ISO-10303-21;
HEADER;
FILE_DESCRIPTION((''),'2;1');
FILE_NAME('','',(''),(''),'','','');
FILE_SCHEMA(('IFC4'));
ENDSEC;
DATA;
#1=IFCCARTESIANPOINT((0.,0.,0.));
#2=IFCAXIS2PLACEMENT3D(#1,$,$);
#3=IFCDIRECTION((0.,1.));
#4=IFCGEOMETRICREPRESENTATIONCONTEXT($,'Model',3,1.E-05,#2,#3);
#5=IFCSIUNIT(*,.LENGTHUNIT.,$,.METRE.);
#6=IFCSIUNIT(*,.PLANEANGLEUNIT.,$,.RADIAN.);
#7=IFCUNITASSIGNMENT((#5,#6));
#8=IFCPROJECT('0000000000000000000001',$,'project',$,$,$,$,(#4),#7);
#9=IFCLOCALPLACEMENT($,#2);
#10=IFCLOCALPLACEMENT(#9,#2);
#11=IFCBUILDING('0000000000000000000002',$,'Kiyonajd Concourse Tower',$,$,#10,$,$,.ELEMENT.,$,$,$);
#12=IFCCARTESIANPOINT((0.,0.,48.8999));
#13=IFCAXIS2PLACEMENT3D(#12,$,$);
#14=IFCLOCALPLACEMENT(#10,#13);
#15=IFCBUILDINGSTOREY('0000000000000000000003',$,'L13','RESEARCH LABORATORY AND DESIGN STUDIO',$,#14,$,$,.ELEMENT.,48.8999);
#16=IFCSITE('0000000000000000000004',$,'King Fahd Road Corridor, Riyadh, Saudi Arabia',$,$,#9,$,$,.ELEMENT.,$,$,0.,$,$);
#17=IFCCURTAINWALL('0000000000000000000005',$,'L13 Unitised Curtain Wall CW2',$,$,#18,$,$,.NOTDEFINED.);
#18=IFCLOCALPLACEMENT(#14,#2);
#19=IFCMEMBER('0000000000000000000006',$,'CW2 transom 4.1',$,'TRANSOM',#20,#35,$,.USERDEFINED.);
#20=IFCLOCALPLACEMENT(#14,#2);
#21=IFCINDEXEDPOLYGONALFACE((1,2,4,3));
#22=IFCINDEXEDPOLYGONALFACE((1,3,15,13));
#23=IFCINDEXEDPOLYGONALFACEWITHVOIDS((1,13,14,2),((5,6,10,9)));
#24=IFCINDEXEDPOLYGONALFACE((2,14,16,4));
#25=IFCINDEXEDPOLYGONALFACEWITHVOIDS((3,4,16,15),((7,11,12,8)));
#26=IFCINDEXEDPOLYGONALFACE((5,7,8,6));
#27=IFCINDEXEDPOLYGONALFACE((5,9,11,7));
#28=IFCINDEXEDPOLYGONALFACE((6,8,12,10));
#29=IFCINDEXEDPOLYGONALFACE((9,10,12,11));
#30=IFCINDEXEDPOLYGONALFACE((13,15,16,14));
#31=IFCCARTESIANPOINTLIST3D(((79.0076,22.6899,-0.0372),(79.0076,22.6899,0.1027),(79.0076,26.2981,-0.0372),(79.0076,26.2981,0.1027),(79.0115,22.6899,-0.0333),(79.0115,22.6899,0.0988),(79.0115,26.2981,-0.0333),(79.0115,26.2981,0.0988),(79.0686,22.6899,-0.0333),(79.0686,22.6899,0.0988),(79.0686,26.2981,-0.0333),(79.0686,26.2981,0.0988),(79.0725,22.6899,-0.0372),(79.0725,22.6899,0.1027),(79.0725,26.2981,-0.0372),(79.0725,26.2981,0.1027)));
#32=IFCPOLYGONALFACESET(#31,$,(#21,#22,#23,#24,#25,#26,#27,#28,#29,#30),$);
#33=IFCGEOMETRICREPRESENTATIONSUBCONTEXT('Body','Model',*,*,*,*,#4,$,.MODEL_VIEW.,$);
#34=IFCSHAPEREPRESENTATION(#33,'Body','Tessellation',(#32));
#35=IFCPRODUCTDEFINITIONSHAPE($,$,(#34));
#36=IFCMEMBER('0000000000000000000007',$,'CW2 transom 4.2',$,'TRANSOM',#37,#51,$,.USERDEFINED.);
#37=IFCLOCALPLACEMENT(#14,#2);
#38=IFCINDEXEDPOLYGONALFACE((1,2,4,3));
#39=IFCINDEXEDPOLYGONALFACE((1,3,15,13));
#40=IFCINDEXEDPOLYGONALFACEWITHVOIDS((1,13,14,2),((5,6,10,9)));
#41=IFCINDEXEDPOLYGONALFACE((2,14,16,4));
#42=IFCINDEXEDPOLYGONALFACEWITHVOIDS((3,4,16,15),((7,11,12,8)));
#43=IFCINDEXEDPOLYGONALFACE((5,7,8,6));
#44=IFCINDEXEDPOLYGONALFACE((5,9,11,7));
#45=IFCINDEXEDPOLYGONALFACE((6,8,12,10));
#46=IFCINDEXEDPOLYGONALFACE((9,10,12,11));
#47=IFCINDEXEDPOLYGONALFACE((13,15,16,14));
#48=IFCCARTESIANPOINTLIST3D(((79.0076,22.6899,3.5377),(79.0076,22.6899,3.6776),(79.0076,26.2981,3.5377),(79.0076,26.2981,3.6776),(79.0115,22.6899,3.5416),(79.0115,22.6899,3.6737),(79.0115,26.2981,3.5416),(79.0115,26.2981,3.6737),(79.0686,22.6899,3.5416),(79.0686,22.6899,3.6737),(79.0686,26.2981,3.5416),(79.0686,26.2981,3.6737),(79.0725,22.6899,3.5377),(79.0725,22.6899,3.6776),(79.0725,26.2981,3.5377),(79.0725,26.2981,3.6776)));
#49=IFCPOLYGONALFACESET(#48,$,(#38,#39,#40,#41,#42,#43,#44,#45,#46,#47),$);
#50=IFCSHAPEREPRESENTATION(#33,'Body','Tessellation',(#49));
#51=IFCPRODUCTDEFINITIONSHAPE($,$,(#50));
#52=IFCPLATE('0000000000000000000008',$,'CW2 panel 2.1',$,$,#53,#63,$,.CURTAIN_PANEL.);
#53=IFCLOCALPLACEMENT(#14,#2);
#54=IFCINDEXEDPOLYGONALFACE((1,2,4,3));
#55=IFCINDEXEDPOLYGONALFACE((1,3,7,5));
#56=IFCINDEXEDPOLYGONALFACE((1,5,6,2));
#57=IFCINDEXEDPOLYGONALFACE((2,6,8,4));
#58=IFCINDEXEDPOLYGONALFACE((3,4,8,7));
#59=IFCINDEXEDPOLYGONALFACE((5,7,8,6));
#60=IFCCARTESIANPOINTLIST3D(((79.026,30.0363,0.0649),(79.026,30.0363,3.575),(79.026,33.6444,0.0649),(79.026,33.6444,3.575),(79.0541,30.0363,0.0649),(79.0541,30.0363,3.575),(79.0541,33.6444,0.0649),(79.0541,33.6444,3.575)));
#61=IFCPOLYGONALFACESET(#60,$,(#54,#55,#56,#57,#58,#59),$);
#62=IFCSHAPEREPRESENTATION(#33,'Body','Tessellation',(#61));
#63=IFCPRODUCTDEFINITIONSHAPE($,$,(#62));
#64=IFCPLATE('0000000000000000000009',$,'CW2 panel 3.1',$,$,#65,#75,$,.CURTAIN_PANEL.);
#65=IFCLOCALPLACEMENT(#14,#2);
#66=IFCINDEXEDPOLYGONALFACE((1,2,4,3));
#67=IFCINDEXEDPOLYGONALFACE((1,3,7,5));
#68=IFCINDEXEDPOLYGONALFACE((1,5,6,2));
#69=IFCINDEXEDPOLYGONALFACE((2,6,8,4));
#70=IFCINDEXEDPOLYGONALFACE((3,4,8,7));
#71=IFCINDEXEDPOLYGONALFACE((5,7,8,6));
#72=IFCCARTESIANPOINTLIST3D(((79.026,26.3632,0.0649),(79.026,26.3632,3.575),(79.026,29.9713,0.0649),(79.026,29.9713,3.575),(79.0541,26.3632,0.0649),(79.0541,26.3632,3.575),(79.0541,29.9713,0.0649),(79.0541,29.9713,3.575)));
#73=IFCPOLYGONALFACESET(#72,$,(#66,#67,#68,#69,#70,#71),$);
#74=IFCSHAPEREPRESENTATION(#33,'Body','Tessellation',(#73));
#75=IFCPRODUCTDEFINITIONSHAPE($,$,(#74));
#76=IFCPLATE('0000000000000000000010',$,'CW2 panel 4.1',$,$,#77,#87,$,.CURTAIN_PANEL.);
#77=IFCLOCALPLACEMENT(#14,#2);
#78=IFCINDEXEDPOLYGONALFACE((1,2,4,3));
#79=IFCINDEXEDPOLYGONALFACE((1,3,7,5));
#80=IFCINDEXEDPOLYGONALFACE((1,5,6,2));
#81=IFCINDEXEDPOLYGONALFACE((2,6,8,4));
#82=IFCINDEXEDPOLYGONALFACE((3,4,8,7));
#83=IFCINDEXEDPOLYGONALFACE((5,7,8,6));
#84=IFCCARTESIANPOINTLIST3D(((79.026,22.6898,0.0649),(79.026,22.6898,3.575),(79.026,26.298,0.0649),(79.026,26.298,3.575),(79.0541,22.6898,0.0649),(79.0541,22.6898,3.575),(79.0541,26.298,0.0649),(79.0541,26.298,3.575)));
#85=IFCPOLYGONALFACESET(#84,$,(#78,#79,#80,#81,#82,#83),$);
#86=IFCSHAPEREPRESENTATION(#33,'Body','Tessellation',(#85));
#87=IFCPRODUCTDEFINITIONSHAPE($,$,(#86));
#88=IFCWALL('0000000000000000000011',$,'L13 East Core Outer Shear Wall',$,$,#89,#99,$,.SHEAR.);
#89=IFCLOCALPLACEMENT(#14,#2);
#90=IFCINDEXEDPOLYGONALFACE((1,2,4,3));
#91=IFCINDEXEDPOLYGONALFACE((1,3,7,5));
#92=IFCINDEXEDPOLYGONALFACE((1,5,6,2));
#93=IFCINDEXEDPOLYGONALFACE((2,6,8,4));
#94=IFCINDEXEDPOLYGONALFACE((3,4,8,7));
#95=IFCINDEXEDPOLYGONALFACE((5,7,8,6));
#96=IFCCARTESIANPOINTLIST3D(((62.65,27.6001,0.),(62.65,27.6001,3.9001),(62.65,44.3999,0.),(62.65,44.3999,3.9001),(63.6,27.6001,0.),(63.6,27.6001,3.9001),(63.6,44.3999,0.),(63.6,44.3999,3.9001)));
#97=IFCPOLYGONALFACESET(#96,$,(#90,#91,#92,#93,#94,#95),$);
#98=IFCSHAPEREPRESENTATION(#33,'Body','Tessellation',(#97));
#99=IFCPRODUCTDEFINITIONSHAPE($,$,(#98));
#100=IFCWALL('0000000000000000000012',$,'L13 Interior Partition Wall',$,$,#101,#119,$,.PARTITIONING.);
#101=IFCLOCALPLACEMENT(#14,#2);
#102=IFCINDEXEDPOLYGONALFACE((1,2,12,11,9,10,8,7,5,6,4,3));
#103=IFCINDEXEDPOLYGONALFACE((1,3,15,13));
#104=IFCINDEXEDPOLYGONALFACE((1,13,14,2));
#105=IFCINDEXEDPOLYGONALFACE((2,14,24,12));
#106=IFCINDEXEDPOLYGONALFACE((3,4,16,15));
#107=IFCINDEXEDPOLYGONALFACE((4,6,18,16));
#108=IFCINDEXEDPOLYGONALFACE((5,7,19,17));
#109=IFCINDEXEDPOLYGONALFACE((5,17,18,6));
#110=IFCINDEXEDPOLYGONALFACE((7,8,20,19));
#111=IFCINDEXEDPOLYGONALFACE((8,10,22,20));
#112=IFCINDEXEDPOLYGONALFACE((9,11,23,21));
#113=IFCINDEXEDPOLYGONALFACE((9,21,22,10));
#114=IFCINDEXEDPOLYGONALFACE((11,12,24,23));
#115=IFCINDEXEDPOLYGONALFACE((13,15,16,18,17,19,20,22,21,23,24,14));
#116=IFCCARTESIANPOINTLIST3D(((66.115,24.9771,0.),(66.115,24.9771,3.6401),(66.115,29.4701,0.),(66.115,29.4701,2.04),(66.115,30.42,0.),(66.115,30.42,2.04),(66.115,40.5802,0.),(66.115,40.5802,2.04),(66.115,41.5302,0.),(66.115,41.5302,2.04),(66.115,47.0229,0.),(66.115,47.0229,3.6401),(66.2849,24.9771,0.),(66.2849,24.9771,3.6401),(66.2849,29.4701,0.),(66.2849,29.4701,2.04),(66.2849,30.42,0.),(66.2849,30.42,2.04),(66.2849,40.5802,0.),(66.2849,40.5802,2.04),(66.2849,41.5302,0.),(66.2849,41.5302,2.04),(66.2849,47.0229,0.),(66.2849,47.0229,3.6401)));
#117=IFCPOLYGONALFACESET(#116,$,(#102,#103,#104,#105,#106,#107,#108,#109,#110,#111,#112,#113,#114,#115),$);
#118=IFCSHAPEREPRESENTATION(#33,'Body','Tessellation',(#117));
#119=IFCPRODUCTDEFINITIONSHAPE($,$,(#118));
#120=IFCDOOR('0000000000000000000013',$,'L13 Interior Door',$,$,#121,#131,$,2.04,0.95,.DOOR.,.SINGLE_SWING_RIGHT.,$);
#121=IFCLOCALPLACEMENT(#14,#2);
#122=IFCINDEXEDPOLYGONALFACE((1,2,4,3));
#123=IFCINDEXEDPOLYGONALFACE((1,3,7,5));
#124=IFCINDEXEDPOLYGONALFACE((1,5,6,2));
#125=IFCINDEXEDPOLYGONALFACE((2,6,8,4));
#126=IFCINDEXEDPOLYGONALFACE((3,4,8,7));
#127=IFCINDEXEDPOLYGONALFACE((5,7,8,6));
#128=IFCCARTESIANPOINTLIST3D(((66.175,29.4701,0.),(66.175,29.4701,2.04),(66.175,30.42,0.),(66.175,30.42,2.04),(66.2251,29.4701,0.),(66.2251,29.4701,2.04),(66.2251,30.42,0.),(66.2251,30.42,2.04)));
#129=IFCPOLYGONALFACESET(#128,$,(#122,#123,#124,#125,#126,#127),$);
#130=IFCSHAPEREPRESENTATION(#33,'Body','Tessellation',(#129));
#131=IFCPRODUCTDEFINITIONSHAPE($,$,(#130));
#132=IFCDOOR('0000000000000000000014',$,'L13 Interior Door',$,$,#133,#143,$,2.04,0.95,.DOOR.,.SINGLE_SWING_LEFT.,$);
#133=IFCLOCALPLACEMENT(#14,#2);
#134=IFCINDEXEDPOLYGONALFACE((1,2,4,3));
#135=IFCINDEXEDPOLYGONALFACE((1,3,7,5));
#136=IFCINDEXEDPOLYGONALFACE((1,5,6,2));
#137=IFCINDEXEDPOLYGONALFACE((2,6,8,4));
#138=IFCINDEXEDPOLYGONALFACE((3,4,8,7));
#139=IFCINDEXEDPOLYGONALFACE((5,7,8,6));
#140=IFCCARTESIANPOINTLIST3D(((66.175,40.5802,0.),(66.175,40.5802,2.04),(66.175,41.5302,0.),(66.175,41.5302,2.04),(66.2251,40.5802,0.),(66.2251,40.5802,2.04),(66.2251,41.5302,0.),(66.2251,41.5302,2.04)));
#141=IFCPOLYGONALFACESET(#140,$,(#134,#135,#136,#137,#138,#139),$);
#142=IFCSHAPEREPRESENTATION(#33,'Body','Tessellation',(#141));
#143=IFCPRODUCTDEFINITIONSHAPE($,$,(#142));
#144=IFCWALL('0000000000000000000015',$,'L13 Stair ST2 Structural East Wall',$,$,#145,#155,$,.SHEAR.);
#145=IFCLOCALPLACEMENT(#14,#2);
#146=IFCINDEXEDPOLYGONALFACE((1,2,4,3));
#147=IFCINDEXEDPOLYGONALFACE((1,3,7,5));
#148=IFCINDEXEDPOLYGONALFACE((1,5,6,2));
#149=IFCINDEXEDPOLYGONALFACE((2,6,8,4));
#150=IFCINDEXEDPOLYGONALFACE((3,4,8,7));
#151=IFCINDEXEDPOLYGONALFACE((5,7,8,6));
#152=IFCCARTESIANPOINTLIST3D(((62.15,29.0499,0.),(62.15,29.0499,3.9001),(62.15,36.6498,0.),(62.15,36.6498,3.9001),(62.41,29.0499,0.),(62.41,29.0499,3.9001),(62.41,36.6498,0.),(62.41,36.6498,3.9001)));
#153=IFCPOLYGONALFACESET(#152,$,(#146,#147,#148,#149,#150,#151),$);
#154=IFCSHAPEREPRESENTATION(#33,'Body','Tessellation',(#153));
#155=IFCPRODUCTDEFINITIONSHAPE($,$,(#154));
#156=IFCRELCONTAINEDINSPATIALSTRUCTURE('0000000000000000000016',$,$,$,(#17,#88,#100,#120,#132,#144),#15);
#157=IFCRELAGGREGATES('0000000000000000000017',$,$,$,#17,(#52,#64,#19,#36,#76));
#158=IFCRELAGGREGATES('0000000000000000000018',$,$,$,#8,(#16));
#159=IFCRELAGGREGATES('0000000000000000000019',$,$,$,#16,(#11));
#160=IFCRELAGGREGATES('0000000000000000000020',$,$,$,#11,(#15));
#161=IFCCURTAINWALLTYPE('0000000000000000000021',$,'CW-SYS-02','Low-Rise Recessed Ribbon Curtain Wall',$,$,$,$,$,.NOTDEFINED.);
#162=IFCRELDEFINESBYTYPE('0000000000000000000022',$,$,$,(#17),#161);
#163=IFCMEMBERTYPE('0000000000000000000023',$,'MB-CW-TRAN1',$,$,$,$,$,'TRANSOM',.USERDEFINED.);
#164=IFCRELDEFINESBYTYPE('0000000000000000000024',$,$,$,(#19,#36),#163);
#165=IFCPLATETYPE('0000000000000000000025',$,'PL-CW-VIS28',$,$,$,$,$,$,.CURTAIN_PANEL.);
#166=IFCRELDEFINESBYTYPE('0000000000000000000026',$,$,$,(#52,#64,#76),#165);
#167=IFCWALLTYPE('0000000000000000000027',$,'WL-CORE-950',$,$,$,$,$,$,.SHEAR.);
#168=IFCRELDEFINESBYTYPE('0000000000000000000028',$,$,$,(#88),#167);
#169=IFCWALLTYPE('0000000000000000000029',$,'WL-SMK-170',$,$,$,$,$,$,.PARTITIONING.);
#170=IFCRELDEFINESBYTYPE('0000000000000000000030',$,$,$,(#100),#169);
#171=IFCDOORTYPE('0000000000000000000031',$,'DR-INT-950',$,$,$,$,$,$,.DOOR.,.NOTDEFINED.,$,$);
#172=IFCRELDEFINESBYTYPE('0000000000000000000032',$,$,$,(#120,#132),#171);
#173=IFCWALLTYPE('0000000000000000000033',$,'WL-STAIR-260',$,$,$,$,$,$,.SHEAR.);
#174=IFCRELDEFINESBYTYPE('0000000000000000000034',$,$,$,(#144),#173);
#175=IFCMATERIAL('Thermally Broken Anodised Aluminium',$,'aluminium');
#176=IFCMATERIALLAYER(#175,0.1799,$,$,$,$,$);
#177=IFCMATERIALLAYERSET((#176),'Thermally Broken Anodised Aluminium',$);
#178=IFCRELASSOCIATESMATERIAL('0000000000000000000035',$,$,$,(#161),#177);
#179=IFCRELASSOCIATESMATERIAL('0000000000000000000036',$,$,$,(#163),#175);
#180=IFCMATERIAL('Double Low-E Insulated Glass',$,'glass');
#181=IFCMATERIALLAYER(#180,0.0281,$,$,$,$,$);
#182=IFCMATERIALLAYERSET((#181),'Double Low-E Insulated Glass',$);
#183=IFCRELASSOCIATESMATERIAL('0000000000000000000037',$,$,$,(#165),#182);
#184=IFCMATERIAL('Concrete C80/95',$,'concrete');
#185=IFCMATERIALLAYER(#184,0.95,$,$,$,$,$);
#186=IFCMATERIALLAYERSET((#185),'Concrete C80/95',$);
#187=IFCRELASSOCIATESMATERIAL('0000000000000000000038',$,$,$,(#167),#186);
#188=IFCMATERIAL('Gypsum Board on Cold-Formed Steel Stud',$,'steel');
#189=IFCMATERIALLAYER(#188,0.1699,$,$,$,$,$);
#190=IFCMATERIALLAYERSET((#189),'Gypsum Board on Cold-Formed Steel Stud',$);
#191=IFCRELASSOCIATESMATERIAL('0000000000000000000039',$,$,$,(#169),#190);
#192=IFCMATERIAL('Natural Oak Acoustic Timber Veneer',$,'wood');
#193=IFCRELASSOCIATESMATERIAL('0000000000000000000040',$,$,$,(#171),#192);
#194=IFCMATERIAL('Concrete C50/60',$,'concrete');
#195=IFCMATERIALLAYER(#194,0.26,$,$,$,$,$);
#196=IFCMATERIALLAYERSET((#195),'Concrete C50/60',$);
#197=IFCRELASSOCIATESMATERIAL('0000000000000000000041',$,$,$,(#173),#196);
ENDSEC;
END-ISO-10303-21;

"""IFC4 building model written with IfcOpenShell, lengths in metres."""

from ifc_helpers import new_model, si_unit, direction, frame, frame_2d, origin, origin_2d, place, context, subcontext, project, spatial, rectangle, hollow_rectangle, extrude, material, layer, layer_set, material_profile, profile_set, type_object, element, fill, aggregate, save


model = new_model("IFC4")

# Units and contexts
model_context = context("Model", 3, precision=1e-05, world=origin(), true_north=direction((0.0, 1.0)))
body_context = subcontext(model_context, "Body", "Model", "MODEL_VIEW")
ifc_project = project(units=[si_unit("LENGTHUNIT", "METRE"), si_unit("PLANEANGLEUNIT", "RADIAN")], contexts=[model_context])

# Site, building, storey
site_placement = place(None, origin())
site = spatial("IfcSite", under=ifc_project, at=site_placement, Name="King Fahd Road Corridor, Riyadh, Saudi Arabia", CompositionType="ELEMENT", RefElevation=0.0)
building_placement = place(site_placement, origin())
building = spatial("IfcBuilding", under=site, at=building_placement, Name="Kiyonajd Concourse Tower", CompositionType="ELEMENT")
storey_placement = place(building_placement, frame((0.0, 0.0, 48.8999)))
storey = spatial("IfcBuildingStorey", under=building, at=storey_placement, Name="L13", Description="RESEARCH LABORATORY AND DESIGN STUDIO", CompositionType="ELEMENT", Elevation=48.8999)

# Shared definitions
ifc_material_1 = material(Name="Concrete C80/95", Category="concrete")

# Curtain wall, members, plates
ifc_material_2 = material(Name="Thermally Broken Anodised Aluminium", Category="aluminium")
ifc_layer_1 = layer(ifc_material_2, 0.1799)
ifc_layer_set_1 = layer_set([ifc_layer_1], Name="Thermally Broken Anodised Aluminium")
curtain_wall_type = type_object("IfcCurtainWallType", Name="CW-SYS-02", Description="Low-Rise Recessed Ribbon Curtain Wall", PredefinedType="NOTDEFINED", material=ifc_layer_set_1)
curtain_wall_placement = place(storey_placement, origin())
curtain_wall = element("IfcCurtainWall", 1, at=curtain_wall_placement, inside=storey, type_object=curtain_wall_type, Name="L13 Unitised Curtain Wall CW2", PredefinedType="NOTDEFINED")
ifc_material_profile_1 = material_profile(ifc_material_2, hollow_rectangle(XDim=0.0649, YDim=0.1399, WallThickness=0.0039, at=origin_2d()), Name="TRAN-65x140")
ifc_profile_set_1 = profile_set([ifc_material_profile_1], Name="Thermally Broken Anodised Aluminium")
member_type_1 = type_object("IfcMemberType", Name="MB-CW-TRAN1", ElementType="TRANSOM", PredefinedType="USERDEFINED", material=ifc_profile_set_1)
member_1_placement = place(storey_placement, frame((79.04, 26.2981, 0.0327), z_axis=(0.0, -1.0, 0.0), x_axis=(1.0, 0.0, 0.0)))
member_1 = element("IfcMember", 2, at=member_1_placement, type_object=member_type_1, Name="CW2 transom 4.1", ObjectType="TRANSOM", PredefinedType="USERDEFINED", context=body_context, shape_type="SweptSolid", body=[
    extrude(hollow_rectangle(XDim=0.0649, YDim=0.1399, WallThickness=0.0039, at=origin_2d()), origin(), (0.0, 0.0, 1.0), 3.6082),
])
member_2_placement = place(storey_placement, frame((79.04, 26.2981, 3.6077), z_axis=(0.0, -1.0, 0.0), x_axis=(1.0, 0.0, 0.0)))
member_2 = element("IfcMember", 3, at=member_2_placement, type_object=member_type_1, Name="CW2 transom 4.2", ObjectType="TRANSOM", PredefinedType="USERDEFINED", context=body_context, shape_type="SweptSolid", body=[
    extrude(hollow_rectangle(XDim=0.0649, YDim=0.1399, WallThickness=0.0039, at=origin_2d()), origin(), (0.0, 0.0, 1.0), 3.6082),
])
ifc_material_3 = material(Name="Double Low-E Insulated Glass", Category="glass")
ifc_layer_2 = layer(ifc_material_3, 0.0281)
ifc_layer_set_2 = layer_set([ifc_layer_2], Name="Double Low-E Insulated Glass")
plate_type = type_object("IfcPlateType", Name="PL-CW-VIS28", PredefinedType="CURTAIN_PANEL", material=ifc_layer_set_2)
plate_1_placement = place(storey_placement, frame((79.04, 31.8403, 0.0649), z_axis=(0.0, 0.0, 1.0), x_axis=(0.0, -1.0, 0.0)))
plate_1 = element("IfcPlate", 4, at=plate_1_placement, type_object=plate_type, Name="CW2 panel 2.1", PredefinedType="CURTAIN_PANEL", context=body_context, shape_type="SweptSolid", body=[
    extrude(rectangle(XDim=3.6082, YDim=0.0281, at=origin_2d()), origin(), (0.0, 0.0, 1.0), 3.51),
])
plate_2_placement = place(storey_placement, frame((79.04, 28.1672, 0.0649), z_axis=(0.0, 0.0, 1.0), x_axis=(0.0, -1.0, 0.0)))
plate_2 = element("IfcPlate", 5, at=plate_2_placement, type_object=plate_type, Name="CW2 panel 3.1", PredefinedType="CURTAIN_PANEL", context=body_context, shape_type="SweptSolid", body=[
    extrude(rectangle(XDim=3.6082, YDim=0.0281, at=origin_2d()), origin(), (0.0, 0.0, 1.0), 3.51),
])
plate_3_placement = place(storey_placement, frame((79.04, 24.4939, 0.0649), z_axis=(0.0, 0.0, 1.0), x_axis=(0.0, -1.0, 0.0)))
plate_3 = element("IfcPlate", 6, at=plate_3_placement, type_object=plate_type, Name="CW2 panel 4.1", PredefinedType="CURTAIN_PANEL", context=body_context, shape_type="SweptSolid", body=[
    extrude(rectangle(XDim=3.6082, YDim=0.0281, at=origin_2d()), origin(), (0.0, 0.0, 1.0), 3.51),
])
aggregate(curtain_wall, [plate_1, plate_2, member_1, member_2, plate_3])

# Wall
ifc_layer_3 = layer(ifc_material_1, 0.95)
ifc_layer_set_3 = layer_set([ifc_layer_3], Name="Concrete C80/95")
wall_type_1 = type_object("IfcWallType", Name="WL-CORE-950", PredefinedType="SHEAR", material=ifc_layer_set_3)
wall_1_placement = place(storey_placement, frame((63.125, 27.6001, 0.0), z_axis=(0.0, 0.0, 1.0), x_axis=(0.0, 1.0, 0.0)))
element("IfcWall", 7, at=wall_1_placement, inside=storey, type_object=wall_type_1, Name="L13 East Core Outer Shear Wall", PredefinedType="SHEAR", context=body_context, shape_type="SweptSolid", body=[
    extrude(rectangle(XDim=16.7998, YDim=0.95, at=frame_2d((8.3999, 0.0))), origin(), (0.0, 0.0, 1.0), 3.9001),
])

# Wall, openings, doors
ifc_material_4 = material(Name="Gypsum Board on Cold-Formed Steel Stud", Category="steel")
ifc_layer_4 = layer(ifc_material_4, 0.1699)
ifc_layer_set_4 = layer_set([ifc_layer_4], Name="Gypsum Board on Cold-Formed Steel Stud")
wall_type_2 = type_object("IfcWallType", Name="WL-SMK-170", PredefinedType="PARTITIONING", material=ifc_layer_set_4)
wall_2_placement = place(storey_placement, frame((66.2, 24.9771, 0.0), z_axis=(0.0, 0.0, 1.0), x_axis=(0.0, 1.0, 0.0)))
wall_2 = element("IfcWall", 8, at=wall_2_placement, inside=storey, type_object=wall_type_2, Name="L13 Interior Partition Wall", PredefinedType="PARTITIONING", context=body_context, shape_type="SweptSolid", body=[
    extrude(rectangle(XDim=22.0459, YDim=0.1699, at=frame_2d((11.0229, 0.0))), origin(), (0.0, 0.0, 1.0), 3.6401),
])
opening_1_placement = place(wall_2_placement, frame((4.4929, 0.0, 0.0)))
opening_1 = element("IfcOpeningElement", 9, at=opening_1_placement, cuts=wall_2, PredefinedType="OPENING", context=body_context, shape_type="SweptSolid", body=[
    extrude(rectangle(XDim=0.95, YDim=2.04, at=frame_2d((0.4751, 1.02))), frame((0.0, 0.095, 0.0), z_axis=(0.0, -1.0, 0.0), x_axis=(1.0, 0.0, 0.0)), (0.0, 0.0, 1.0), 0.1899),
])
opening_2_placement = place(wall_2_placement, frame((15.603, 0.0, 0.0)))
opening_2 = element("IfcOpeningElement", 10, at=opening_2_placement, cuts=wall_2, PredefinedType="OPENING", context=body_context, shape_type="SweptSolid", body=[
    extrude(rectangle(XDim=0.95, YDim=2.04, at=frame_2d((0.4751, 1.02))), frame((0.0, 0.095, 0.0), z_axis=(0.0, -1.0, 0.0), x_axis=(1.0, 0.0, 0.0)), (0.0, 0.0, 1.0), 0.1899),
])
ifc_material_5 = material(Name="Natural Oak Acoustic Timber Veneer", Category="wood")
door_type = type_object("IfcDoorType", Name="DR-INT-950", OperationType="NOTDEFINED", PredefinedType="DOOR", material=ifc_material_5)
door_1_placement = place(opening_1_placement, origin())
door_1 = element("IfcDoor", 11, at=door_1_placement, inside=storey, type_object=door_type, Name="L13 Interior Door", OperationType="SINGLE_SWING_RIGHT", OverallHeight=2.04, OverallWidth=0.95, PredefinedType="DOOR", context=body_context, shape_type="SweptSolid", body=[
    extrude(rectangle(XDim=0.95, YDim=2.04, at=frame_2d((0.4751, 1.02))), frame((0.0, 0.0249, 0.0), z_axis=(0.0, -1.0, 0.0), x_axis=(1.0, 0.0, 0.0)), (0.0, 0.0, 1.0), 0.05),
])
fill(opening_1, door_1)
door_2_placement = place(opening_2_placement, origin())
door_2 = element("IfcDoor", 12, at=door_2_placement, inside=storey, type_object=door_type, Name="L13 Interior Door", OperationType="SINGLE_SWING_LEFT", OverallHeight=2.04, OverallWidth=0.95, PredefinedType="DOOR", context=body_context, shape_type="SweptSolid", body=[
    extrude(rectangle(XDim=0.95, YDim=2.04, at=frame_2d((0.4751, 1.02))), frame((0.0, 0.0249, 0.0), z_axis=(0.0, -1.0, 0.0), x_axis=(1.0, 0.0, 0.0)), (0.0, 0.0, 1.0), 0.05),
])
fill(opening_2, door_2)

# Wall
ifc_material_6 = material(Name="Concrete C50/60", Category="concrete")
ifc_layer_5 = layer(ifc_material_6, 0.26)
ifc_layer_set_5 = layer_set([ifc_layer_5], Name="Concrete C50/60")
wall_type_3 = type_object("IfcWallType", Name="WL-STAIR-260", PredefinedType="SHEAR", material=ifc_layer_set_5)
wall_3_placement = place(storey_placement, frame((62.28, 29.05, 0.0), z_axis=(0.0, 0.0, 1.0), x_axis=(0.0, 1.0, 0.0)))
element("IfcWall", 13, at=wall_3_placement, inside=storey, type_object=wall_type_3, Name="L13 Stair ST2 Structural East Wall", PredefinedType="SHEAR", context=body_context, shape_type="SweptSolid", body=[
    extrude(rectangle(XDim=7.5999, YDim=0.26, at=frame_2d((3.7998, 0.0))), origin(), (0.0, 0.0, 1.0), 3.9001),
])

save(model, "model.ifc")
